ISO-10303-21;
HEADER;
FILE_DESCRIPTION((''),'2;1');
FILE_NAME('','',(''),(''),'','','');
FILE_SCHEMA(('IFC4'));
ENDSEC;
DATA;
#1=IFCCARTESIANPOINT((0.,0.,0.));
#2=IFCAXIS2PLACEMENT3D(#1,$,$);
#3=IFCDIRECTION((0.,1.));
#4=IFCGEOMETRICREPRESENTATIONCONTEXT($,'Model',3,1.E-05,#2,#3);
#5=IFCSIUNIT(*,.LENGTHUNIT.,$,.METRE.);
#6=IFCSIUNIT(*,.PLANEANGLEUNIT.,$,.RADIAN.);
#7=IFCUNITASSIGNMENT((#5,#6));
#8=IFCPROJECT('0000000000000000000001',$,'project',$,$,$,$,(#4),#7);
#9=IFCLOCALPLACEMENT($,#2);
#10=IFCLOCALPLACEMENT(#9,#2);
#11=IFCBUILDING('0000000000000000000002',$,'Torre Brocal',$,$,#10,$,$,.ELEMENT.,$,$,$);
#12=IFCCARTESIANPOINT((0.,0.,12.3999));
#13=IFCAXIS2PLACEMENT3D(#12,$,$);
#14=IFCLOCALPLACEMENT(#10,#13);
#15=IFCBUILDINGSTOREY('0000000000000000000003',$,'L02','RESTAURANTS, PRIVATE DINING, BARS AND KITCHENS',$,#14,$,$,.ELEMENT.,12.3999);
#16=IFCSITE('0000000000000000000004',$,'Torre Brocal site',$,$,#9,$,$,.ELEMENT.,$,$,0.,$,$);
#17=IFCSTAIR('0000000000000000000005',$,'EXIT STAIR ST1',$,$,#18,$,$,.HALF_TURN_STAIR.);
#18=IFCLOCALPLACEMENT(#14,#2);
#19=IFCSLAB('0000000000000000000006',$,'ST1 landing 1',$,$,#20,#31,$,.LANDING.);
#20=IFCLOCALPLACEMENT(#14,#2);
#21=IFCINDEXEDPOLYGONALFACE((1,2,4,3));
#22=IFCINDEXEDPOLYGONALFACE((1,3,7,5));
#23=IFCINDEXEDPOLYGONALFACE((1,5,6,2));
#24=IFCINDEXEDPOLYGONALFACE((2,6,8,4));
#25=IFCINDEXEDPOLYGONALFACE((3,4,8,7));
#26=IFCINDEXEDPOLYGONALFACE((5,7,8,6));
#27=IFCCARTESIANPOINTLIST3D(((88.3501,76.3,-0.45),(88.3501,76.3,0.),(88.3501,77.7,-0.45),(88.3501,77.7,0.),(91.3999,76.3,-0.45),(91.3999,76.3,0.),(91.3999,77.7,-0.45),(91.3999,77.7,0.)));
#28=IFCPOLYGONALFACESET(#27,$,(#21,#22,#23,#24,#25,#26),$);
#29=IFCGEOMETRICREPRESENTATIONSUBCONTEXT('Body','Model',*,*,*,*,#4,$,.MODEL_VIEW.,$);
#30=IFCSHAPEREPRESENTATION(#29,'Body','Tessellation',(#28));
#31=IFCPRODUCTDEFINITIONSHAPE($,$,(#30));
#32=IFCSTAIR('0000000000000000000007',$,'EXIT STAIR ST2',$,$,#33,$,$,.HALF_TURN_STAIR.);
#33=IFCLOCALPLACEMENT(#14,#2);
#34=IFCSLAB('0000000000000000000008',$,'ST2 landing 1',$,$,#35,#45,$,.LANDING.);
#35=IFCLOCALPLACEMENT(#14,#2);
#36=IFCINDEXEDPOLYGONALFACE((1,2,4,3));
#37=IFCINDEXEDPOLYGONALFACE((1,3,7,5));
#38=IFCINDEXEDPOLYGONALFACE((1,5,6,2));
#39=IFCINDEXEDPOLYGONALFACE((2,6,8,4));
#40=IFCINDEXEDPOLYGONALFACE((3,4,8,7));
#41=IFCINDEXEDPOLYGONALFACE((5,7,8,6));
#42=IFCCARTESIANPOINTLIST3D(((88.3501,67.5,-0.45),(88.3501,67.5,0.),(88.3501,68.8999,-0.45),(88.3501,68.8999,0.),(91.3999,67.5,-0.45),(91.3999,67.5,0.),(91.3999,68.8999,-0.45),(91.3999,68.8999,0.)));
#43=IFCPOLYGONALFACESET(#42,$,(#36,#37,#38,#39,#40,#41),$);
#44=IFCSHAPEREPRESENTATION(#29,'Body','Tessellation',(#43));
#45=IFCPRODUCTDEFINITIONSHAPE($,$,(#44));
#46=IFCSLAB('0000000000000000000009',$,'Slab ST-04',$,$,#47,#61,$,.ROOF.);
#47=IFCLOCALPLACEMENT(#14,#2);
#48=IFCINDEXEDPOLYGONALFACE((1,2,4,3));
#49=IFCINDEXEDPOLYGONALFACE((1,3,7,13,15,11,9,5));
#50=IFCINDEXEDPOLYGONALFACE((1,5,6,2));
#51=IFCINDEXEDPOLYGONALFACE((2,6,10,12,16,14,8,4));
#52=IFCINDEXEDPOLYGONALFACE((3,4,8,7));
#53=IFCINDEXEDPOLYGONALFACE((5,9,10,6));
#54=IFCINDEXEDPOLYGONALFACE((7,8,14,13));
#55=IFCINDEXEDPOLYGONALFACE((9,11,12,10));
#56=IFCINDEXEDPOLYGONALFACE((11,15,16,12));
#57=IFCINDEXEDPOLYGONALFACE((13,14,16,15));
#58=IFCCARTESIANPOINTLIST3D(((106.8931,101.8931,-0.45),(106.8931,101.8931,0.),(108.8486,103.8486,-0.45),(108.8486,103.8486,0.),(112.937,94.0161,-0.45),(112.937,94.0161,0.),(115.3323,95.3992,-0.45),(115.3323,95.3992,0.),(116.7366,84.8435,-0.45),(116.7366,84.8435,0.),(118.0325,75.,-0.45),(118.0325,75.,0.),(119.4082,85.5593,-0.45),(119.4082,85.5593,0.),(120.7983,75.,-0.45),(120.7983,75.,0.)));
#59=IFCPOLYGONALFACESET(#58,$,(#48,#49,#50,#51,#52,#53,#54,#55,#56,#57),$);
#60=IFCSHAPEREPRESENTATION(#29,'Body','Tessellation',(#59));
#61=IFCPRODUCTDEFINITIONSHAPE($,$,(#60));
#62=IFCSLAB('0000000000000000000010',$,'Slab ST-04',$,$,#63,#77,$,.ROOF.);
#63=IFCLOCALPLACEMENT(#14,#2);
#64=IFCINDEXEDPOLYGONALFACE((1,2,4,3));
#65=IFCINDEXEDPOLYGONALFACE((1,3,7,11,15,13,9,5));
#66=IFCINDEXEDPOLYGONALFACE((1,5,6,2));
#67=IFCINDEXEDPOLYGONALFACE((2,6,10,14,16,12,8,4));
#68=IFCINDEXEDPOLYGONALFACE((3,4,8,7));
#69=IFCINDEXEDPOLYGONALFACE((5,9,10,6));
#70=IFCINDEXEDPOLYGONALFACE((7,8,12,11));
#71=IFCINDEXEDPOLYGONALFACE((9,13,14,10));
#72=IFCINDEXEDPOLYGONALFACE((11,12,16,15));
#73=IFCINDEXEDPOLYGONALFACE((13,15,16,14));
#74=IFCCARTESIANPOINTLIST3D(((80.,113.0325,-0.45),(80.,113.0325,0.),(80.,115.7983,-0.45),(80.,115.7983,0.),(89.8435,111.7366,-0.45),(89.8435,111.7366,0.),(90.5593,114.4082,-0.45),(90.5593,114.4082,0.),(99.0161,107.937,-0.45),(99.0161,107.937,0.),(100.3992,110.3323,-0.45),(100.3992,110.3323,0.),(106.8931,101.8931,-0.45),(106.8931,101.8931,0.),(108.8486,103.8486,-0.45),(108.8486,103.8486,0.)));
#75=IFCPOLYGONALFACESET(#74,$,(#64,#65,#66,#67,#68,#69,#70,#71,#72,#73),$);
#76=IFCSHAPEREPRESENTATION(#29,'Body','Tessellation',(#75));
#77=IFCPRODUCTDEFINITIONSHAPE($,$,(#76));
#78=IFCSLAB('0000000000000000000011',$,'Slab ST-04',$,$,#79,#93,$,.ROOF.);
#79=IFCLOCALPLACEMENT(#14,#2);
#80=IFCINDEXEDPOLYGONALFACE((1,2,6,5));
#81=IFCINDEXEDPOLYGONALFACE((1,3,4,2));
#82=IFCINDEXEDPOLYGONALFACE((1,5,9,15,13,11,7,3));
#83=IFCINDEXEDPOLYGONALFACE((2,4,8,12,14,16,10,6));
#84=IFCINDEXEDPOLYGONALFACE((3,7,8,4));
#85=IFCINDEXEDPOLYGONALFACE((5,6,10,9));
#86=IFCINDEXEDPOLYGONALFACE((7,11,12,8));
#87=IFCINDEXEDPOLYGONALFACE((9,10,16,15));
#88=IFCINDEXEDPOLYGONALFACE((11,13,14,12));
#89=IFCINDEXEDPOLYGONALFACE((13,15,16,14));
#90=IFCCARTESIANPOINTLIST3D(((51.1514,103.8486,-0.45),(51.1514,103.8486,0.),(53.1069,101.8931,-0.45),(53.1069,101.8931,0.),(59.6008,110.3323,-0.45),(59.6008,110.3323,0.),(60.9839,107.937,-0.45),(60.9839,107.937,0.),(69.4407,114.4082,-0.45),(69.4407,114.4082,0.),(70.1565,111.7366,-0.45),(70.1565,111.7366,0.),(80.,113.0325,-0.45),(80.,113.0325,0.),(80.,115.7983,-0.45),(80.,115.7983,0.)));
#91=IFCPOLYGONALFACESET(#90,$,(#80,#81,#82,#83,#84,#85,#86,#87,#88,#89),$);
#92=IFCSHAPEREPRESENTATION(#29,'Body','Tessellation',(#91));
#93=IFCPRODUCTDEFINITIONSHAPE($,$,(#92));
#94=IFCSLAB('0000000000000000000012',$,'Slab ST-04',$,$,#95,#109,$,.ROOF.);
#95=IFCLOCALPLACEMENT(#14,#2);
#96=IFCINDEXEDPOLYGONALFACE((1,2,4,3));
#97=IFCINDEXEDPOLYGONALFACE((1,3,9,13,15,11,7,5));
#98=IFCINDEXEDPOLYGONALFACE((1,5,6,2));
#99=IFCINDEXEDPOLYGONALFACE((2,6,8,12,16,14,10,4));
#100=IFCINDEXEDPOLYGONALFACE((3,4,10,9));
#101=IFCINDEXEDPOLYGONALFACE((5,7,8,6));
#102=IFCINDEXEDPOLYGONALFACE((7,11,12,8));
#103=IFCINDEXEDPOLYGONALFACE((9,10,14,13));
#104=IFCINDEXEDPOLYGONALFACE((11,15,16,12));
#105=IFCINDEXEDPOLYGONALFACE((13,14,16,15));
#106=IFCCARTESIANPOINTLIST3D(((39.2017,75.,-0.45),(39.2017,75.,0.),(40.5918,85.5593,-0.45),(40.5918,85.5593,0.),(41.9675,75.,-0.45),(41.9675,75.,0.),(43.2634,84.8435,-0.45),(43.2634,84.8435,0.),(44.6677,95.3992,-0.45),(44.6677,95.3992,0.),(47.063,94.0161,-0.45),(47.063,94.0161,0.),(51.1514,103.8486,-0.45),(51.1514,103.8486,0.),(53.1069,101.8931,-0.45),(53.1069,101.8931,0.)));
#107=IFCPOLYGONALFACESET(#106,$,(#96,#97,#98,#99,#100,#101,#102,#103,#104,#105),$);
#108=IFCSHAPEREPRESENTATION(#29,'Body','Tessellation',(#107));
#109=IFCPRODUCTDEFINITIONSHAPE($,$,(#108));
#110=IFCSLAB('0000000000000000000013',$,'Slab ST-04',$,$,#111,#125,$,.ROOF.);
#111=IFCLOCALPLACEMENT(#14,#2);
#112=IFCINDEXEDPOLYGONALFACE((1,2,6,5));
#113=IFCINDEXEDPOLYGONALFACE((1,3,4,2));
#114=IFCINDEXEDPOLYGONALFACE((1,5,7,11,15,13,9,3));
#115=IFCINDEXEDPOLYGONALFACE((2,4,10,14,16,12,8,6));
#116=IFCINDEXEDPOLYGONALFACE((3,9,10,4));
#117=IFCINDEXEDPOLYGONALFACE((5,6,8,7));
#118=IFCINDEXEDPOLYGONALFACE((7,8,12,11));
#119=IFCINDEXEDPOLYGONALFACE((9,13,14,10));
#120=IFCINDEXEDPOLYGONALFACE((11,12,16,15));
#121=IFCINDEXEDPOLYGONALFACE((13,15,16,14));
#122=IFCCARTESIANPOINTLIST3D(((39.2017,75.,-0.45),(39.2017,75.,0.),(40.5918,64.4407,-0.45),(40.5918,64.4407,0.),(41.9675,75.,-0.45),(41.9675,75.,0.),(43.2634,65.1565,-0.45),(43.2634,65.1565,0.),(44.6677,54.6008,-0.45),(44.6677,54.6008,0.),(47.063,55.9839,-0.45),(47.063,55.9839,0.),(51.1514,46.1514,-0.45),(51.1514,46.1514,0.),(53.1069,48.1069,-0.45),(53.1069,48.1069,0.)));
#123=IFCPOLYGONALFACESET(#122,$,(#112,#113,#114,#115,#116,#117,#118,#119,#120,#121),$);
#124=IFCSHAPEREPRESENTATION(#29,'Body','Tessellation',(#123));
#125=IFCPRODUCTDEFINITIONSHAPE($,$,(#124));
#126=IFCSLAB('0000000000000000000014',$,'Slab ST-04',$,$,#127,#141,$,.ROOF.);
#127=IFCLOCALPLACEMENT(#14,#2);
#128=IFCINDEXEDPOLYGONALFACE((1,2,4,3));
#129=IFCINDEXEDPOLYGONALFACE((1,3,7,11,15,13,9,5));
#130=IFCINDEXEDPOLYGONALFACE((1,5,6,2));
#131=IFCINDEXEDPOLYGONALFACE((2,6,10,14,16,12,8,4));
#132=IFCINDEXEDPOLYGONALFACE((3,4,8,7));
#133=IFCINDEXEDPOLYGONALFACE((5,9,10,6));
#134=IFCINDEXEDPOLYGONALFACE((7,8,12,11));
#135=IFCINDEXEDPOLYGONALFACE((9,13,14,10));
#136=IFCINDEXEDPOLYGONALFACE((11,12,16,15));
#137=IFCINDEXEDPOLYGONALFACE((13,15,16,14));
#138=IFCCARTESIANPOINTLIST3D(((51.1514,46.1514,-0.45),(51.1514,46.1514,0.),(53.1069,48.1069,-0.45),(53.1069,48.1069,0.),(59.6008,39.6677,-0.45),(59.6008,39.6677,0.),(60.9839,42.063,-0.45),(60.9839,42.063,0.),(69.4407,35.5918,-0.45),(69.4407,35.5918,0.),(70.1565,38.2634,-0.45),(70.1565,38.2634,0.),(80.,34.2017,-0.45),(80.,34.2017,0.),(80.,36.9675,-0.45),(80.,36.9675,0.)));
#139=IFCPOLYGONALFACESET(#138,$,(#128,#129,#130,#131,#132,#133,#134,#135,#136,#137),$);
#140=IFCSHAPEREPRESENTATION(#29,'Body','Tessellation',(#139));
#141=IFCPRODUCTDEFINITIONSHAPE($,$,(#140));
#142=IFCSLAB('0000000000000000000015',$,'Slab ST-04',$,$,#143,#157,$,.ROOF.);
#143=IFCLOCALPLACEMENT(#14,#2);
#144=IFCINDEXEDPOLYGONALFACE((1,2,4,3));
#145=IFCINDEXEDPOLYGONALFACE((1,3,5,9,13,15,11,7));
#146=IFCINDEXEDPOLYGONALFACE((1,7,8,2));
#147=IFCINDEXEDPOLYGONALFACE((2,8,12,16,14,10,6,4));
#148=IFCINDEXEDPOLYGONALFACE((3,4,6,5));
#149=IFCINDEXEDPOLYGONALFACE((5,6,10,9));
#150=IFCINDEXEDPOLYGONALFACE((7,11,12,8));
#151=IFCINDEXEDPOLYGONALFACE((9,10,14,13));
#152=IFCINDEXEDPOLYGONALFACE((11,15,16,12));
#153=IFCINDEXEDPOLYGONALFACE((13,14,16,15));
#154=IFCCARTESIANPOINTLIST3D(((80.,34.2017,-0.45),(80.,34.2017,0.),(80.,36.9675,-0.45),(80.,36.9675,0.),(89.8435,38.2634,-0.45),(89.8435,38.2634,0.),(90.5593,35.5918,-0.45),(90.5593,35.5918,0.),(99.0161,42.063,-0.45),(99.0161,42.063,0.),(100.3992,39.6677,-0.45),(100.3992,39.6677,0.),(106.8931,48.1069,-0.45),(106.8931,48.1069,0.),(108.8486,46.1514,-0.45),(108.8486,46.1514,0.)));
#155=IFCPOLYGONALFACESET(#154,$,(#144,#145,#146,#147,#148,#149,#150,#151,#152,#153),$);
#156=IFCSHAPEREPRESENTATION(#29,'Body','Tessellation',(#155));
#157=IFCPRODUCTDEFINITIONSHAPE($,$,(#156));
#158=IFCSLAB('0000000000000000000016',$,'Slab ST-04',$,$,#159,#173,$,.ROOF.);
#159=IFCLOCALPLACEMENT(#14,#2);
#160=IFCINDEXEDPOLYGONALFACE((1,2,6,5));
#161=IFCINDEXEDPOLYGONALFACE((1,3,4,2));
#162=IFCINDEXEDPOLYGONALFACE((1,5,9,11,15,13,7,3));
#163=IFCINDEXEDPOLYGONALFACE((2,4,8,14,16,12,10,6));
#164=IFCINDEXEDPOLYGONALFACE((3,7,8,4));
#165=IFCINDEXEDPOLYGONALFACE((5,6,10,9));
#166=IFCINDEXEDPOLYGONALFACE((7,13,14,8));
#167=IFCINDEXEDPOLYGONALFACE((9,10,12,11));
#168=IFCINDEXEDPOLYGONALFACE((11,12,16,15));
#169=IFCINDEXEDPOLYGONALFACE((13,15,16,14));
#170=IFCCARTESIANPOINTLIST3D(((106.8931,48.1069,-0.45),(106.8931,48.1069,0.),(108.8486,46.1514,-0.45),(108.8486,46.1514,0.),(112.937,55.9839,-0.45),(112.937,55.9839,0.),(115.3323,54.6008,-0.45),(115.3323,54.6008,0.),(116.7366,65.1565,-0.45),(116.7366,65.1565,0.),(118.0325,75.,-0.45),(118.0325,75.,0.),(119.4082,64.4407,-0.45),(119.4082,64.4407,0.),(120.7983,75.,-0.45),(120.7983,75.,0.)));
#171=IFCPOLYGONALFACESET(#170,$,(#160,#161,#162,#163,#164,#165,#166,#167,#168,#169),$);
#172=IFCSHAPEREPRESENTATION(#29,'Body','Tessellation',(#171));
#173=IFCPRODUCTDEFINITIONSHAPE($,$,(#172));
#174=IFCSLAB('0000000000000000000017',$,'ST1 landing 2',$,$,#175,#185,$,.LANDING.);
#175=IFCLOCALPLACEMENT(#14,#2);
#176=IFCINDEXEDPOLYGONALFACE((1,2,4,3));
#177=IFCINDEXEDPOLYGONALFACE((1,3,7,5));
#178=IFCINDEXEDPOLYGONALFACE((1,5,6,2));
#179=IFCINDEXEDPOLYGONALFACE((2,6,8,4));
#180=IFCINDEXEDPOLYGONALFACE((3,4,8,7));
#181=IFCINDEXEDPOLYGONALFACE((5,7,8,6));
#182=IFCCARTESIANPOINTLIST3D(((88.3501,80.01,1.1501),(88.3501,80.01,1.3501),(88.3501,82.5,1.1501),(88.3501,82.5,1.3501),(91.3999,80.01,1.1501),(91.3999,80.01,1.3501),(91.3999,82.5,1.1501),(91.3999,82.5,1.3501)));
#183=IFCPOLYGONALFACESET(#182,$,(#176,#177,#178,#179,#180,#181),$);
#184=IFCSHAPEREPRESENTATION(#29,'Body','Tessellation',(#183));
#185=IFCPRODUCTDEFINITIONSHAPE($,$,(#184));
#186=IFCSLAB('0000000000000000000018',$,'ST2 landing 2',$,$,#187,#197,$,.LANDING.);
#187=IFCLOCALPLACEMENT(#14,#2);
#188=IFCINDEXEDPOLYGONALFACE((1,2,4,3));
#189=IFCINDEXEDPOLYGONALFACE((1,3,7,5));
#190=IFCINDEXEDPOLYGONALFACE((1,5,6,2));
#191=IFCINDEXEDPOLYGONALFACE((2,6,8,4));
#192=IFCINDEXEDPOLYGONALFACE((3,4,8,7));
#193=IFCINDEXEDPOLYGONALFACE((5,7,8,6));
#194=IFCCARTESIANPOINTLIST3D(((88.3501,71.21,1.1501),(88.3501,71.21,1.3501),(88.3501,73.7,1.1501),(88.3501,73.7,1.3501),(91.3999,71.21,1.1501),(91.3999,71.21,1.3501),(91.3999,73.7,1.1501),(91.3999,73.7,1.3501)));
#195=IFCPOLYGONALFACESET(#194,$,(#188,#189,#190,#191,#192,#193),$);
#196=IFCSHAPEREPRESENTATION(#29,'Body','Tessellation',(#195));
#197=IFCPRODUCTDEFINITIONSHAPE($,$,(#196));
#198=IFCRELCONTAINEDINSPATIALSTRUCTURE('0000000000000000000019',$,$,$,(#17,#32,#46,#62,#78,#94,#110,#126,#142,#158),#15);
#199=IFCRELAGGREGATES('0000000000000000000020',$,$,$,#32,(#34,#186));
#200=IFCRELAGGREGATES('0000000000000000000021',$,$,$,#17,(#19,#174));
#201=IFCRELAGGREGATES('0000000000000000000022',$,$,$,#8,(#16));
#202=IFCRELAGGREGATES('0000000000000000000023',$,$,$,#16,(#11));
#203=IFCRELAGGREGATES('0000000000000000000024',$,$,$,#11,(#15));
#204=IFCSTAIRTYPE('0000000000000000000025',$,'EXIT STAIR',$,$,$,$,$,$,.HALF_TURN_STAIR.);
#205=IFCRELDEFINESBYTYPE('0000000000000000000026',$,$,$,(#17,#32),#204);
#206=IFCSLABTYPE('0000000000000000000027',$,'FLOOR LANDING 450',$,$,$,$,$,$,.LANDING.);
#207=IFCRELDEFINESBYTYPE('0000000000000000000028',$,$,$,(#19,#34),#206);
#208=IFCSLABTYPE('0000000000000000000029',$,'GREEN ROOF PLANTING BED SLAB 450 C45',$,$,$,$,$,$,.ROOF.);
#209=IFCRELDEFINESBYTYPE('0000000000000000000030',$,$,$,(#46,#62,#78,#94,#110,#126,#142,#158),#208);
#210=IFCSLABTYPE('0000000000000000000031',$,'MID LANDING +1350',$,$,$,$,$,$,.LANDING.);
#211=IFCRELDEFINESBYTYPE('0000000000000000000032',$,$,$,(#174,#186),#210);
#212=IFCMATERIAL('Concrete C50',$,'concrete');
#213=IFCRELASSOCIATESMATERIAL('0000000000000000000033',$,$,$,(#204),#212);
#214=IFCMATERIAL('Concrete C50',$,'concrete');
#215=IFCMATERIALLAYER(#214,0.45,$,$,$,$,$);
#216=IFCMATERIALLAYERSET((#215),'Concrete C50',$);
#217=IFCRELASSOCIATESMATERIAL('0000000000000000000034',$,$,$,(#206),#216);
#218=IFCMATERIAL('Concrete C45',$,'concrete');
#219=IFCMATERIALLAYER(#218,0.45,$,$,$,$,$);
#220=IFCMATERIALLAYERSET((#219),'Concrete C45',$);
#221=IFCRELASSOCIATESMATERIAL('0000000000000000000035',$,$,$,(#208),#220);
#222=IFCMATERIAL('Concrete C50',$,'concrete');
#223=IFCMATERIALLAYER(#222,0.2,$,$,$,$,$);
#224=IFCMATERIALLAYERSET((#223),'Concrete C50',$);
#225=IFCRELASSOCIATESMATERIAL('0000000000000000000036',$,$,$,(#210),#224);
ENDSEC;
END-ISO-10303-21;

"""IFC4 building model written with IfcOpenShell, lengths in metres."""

from ifc_helpers import new_model, si_unit, direction, frame, origin, place, context, subcontext, project, spatial, polyline, outline, extrude, material, layer, layer_set, type_object, element, aggregate, save


model = new_model("IFC4")

# Units and contexts
model_context = context("Model", 3, precision=1e-05, world=origin(), true_north=direction((0.0, 1.0)))
body_context = subcontext(model_context, "Body", "Model", "MODEL_VIEW")
ifc_project = project(units=[si_unit("LENGTHUNIT", "METRE"), si_unit("PLANEANGLEUNIT", "RADIAN")], contexts=[model_context])

# Site, building, storey
site_placement = place(None, origin())
site = spatial("IfcSite", under=ifc_project, at=site_placement, Name="Torre Brocal site", CompositionType="ELEMENT", RefElevation=0.0)
building_placement = place(site_placement, origin())
building = spatial("IfcBuilding", under=site, at=building_placement, Name="Torre Brocal", CompositionType="ELEMENT")
storey_placement = place(building_placement, frame((0.0, 0.0, 12.3999)))
storey = spatial("IfcBuildingStorey", under=building, at=storey_placement, Name="L02", Description="RESTAURANTS, PRIVATE DINING, BARS AND KITCHENS", CompositionType="ELEMENT", Elevation=12.3999)

# Stairs, slabs
ifc_material_1 = material(Name="Concrete C50", Category="concrete")
stair_type = type_object("IfcStairType", Name="EXIT STAIR", PredefinedType="HALF_TURN_STAIR", material=ifc_material_1)
stair_1_placement = place(storey_placement, origin())
stair_1 = element("IfcStair", 1, at=stair_1_placement, inside=storey, type_object=stair_type, Name="EXIT STAIR ST1", PredefinedType="HALF_TURN_STAIR")
ifc_material_2 = material(Name="Concrete C50", Category="concrete")
ifc_layer_1 = layer(ifc_material_2, 0.45)
ifc_layer_set_1 = layer_set([ifc_layer_1], Name="Concrete C50")
slab_type_1 = type_object("IfcSlabType", Name="FLOOR LANDING 450", PredefinedType="LANDING", material=ifc_layer_set_1)
slab_1_placement = place(storey_placement, frame((0.0, 0.0, -0.45)))
slab_1 = element("IfcSlab", 2, at=slab_1_placement, type_object=slab_type_1, Name="ST1 landing 1", PredefinedType="LANDING", context=body_context, shape_type="SweptSolid", body=[
    extrude(outline(polyline([(88.3501, 76.3), (91.3999, 76.3), (91.3999, 77.7), (88.3501, 77.7), (88.3501, 76.3)])), origin(), (0.0, 0.0, 1.0), 0.45),
])
stair_2_placement = place(storey_placement, origin())
stair_2 = element("IfcStair", 3, at=stair_2_placement, inside=storey, type_object=stair_type, Name="EXIT STAIR ST2", PredefinedType="HALF_TURN_STAIR")
slab_2_placement = place(storey_placement, frame((0.0, 0.0, -0.45)))
slab_2 = element("IfcSlab", 4, at=slab_2_placement, type_object=slab_type_1, Name="ST2 landing 1", PredefinedType="LANDING", context=body_context, shape_type="SweptSolid", body=[
    extrude(outline(polyline([(88.3501, 67.5), (91.3999, 67.5), (91.3999, 68.8999), (88.3501, 68.8999), (88.3501, 67.5)])), origin(), (0.0, 0.0, 1.0), 0.45),
])

# Slabs
ifc_material_3 = material(Name="Concrete C45", Category="concrete")
ifc_layer_2 = layer(ifc_material_3, 0.45)
ifc_layer_set_2 = layer_set([ifc_layer_2], Name="Concrete C45")
slab_type_2 = type_object("IfcSlabType", Name="GREEN ROOF PLANTING BED SLAB 450 C45", PredefinedType="ROOF", material=ifc_layer_set_2)
slab_3_placement = place(storey_placement, frame((0.0, 0.0, -0.45)))
element("IfcSlab", 5, at=slab_3_placement, inside=storey, type_object=slab_type_2, Name="Slab ST-04", PredefinedType="ROOF", context=body_context, shape_type="SweptSolid", body=[
    extrude(outline(polyline([(120.7983, 75.0), (118.0325, 75.0), (116.7366, 84.8435), (112.937, 94.0161), (106.8931, 101.8931), (108.8486, 103.8486), (115.3323, 95.3992), (119.4082, 85.5593), (120.7983, 75.0)])), origin(), (0.0, 0.0, 1.0), 0.45),
])
slab_4_placement = place(storey_placement, frame((0.0, 0.0, -0.45)))
element("IfcSlab", 6, at=slab_4_placement, inside=storey, type_object=slab_type_2, Name="Slab ST-04", PredefinedType="ROOF", context=body_context, shape_type="SweptSolid", body=[
    extrude(outline(polyline([(108.8486, 103.8486), (106.8931, 101.8931), (99.0161, 107.937), (89.8435, 111.7366), (80.0, 113.0325), (80.0, 115.7983), (90.5593, 114.4082), (100.3992, 110.3323), (108.8486, 103.8486)])), origin(), (0.0, 0.0, 1.0), 0.45),
])
slab_5_placement = place(storey_placement, frame((0.0, 0.0, -0.45)))
element("IfcSlab", 7, at=slab_5_placement, inside=storey, type_object=slab_type_2, Name="Slab ST-04", PredefinedType="ROOF", context=body_context, shape_type="SweptSolid", body=[
    extrude(outline(polyline([(69.4407, 114.4082), (80.0, 115.7983), (80.0, 113.0325), (70.1565, 111.7366), (60.9839, 107.937), (53.1069, 101.8931), (51.1514, 103.8486), (59.6008, 110.3323), (69.4407, 114.4082)])), origin(), (0.0, 0.0, 1.0), 0.45),
])
slab_6_placement = place(storey_placement, frame((0.0, 0.0, -0.45)))
element("IfcSlab", 8, at=slab_6_placement, inside=storey, type_object=slab_type_2, Name="Slab ST-04", PredefinedType="ROOF", context=body_context, shape_type="SweptSolid", body=[
    extrude(outline(polyline([(51.1514, 103.8486), (53.1069, 101.8931), (47.063, 94.0161), (43.2634, 84.8435), (41.9675, 75.0), (39.2017, 75.0), (40.5918, 85.5593), (44.6677, 95.3992), (51.1514, 103.8486)])), origin(), (0.0, 0.0, 1.0), 0.45),
])
slab_7_placement = place(storey_placement, frame((0.0, 0.0, -0.45)))
element("IfcSlab", 9, at=slab_7_placement, inside=storey, type_object=slab_type_2, Name="Slab ST-04", PredefinedType="ROOF", context=body_context, shape_type="SweptSolid", body=[
    extrude(outline(polyline([(39.2017, 75.0), (41.9675, 75.0), (43.2634, 65.1565), (47.063, 55.9839), (53.1069, 48.1069), (51.1514, 46.1514), (44.6677, 54.6008), (40.5918, 64.4407), (39.2017, 75.0)])), origin(), (0.0, 0.0, 1.0), 0.45),
])
slab_8_placement = place(storey_placement, frame((0.0, 0.0, -0.45)))
element("IfcSlab", 10, at=slab_8_placement, inside=storey, type_object=slab_type_2, Name="Slab ST-04", PredefinedType="ROOF", context=body_context, shape_type="SweptSolid", body=[
    extrude(outline(polyline([(51.1514, 46.1514), (53.1069, 48.1069), (60.9839, 42.063), (70.1565, 38.2634), (80.0, 36.9675), (80.0, 34.2017), (69.4407, 35.5918), (59.6008, 39.6677), (51.1514, 46.1514)])), origin(), (0.0, 0.0, 1.0), 0.45),
])
slab_9_placement = place(storey_placement, frame((0.0, 0.0, -0.45)))
element("IfcSlab", 11, at=slab_9_placement, inside=storey, type_object=slab_type_2, Name="Slab ST-04", PredefinedType="ROOF", context=body_context, shape_type="SweptSolid", body=[
    extrude(outline(polyline([(80.0, 34.2017), (80.0, 36.9675), (89.8435, 38.2634), (99.0161, 42.063), (106.8931, 48.1069), (108.8486, 46.1514), (100.3992, 39.6677), (90.5593, 35.5918), (80.0, 34.2017)])), origin(), (0.0, 0.0, 1.0), 0.45),
])
slab_10_placement = place(storey_placement, frame((0.0, 0.0, -0.45)))
element("IfcSlab", 12, at=slab_10_placement, inside=storey, type_object=slab_type_2, Name="Slab ST-04", PredefinedType="ROOF", context=body_context, shape_type="SweptSolid", body=[
    extrude(outline(polyline([(112.937, 55.9839), (116.7366, 65.1565), (118.0325, 75.0), (120.7983, 75.0), (119.4082, 64.4407), (115.3323, 54.6008), (108.8486, 46.1514), (106.8931, 48.1069), (112.937, 55.9839)])), origin(), (0.0, 0.0, 1.0), 0.45),
])

# Slabs
ifc_material_4 = material(Name="Concrete C50", Category="concrete")
ifc_layer_3 = layer(ifc_material_4, 0.2)
ifc_layer_set_3 = layer_set([ifc_layer_3], Name="Concrete C50")
slab_type_3 = type_object("IfcSlabType", Name="MID LANDING +1350", PredefinedType="LANDING", material=ifc_layer_set_3)
slab_11_placement = place(storey_placement, frame((0.0, 0.0, 1.1501)))
slab_11 = element("IfcSlab", 13, at=slab_11_placement, type_object=slab_type_3, Name="ST1 landing 2", PredefinedType="LANDING", context=body_context, shape_type="SweptSolid", body=[
    extrude(outline(polyline([(88.3501, 80.01), (91.3999, 80.01), (91.3999, 82.5), (88.3501, 82.5), (88.3501, 80.01)])), origin(), (0.0, 0.0, 1.0), 0.2),
])
slab_12_placement = place(storey_placement, frame((0.0, 0.0, 1.1501)))
slab_12 = element("IfcSlab", 14, at=slab_12_placement, type_object=slab_type_3, Name="ST2 landing 2", PredefinedType="LANDING", context=body_context, shape_type="SweptSolid", body=[
    extrude(outline(polyline([(88.3501, 71.21), (91.3999, 71.21), (91.3999, 73.7), (88.3501, 73.7), (88.3501, 71.21)])), origin(), (0.0, 0.0, 1.0), 0.2),
])
aggregate(stair_2, [slab_2, slab_12])
aggregate(stair_1, [slab_1, slab_11])

save(model, "model.ifc")
